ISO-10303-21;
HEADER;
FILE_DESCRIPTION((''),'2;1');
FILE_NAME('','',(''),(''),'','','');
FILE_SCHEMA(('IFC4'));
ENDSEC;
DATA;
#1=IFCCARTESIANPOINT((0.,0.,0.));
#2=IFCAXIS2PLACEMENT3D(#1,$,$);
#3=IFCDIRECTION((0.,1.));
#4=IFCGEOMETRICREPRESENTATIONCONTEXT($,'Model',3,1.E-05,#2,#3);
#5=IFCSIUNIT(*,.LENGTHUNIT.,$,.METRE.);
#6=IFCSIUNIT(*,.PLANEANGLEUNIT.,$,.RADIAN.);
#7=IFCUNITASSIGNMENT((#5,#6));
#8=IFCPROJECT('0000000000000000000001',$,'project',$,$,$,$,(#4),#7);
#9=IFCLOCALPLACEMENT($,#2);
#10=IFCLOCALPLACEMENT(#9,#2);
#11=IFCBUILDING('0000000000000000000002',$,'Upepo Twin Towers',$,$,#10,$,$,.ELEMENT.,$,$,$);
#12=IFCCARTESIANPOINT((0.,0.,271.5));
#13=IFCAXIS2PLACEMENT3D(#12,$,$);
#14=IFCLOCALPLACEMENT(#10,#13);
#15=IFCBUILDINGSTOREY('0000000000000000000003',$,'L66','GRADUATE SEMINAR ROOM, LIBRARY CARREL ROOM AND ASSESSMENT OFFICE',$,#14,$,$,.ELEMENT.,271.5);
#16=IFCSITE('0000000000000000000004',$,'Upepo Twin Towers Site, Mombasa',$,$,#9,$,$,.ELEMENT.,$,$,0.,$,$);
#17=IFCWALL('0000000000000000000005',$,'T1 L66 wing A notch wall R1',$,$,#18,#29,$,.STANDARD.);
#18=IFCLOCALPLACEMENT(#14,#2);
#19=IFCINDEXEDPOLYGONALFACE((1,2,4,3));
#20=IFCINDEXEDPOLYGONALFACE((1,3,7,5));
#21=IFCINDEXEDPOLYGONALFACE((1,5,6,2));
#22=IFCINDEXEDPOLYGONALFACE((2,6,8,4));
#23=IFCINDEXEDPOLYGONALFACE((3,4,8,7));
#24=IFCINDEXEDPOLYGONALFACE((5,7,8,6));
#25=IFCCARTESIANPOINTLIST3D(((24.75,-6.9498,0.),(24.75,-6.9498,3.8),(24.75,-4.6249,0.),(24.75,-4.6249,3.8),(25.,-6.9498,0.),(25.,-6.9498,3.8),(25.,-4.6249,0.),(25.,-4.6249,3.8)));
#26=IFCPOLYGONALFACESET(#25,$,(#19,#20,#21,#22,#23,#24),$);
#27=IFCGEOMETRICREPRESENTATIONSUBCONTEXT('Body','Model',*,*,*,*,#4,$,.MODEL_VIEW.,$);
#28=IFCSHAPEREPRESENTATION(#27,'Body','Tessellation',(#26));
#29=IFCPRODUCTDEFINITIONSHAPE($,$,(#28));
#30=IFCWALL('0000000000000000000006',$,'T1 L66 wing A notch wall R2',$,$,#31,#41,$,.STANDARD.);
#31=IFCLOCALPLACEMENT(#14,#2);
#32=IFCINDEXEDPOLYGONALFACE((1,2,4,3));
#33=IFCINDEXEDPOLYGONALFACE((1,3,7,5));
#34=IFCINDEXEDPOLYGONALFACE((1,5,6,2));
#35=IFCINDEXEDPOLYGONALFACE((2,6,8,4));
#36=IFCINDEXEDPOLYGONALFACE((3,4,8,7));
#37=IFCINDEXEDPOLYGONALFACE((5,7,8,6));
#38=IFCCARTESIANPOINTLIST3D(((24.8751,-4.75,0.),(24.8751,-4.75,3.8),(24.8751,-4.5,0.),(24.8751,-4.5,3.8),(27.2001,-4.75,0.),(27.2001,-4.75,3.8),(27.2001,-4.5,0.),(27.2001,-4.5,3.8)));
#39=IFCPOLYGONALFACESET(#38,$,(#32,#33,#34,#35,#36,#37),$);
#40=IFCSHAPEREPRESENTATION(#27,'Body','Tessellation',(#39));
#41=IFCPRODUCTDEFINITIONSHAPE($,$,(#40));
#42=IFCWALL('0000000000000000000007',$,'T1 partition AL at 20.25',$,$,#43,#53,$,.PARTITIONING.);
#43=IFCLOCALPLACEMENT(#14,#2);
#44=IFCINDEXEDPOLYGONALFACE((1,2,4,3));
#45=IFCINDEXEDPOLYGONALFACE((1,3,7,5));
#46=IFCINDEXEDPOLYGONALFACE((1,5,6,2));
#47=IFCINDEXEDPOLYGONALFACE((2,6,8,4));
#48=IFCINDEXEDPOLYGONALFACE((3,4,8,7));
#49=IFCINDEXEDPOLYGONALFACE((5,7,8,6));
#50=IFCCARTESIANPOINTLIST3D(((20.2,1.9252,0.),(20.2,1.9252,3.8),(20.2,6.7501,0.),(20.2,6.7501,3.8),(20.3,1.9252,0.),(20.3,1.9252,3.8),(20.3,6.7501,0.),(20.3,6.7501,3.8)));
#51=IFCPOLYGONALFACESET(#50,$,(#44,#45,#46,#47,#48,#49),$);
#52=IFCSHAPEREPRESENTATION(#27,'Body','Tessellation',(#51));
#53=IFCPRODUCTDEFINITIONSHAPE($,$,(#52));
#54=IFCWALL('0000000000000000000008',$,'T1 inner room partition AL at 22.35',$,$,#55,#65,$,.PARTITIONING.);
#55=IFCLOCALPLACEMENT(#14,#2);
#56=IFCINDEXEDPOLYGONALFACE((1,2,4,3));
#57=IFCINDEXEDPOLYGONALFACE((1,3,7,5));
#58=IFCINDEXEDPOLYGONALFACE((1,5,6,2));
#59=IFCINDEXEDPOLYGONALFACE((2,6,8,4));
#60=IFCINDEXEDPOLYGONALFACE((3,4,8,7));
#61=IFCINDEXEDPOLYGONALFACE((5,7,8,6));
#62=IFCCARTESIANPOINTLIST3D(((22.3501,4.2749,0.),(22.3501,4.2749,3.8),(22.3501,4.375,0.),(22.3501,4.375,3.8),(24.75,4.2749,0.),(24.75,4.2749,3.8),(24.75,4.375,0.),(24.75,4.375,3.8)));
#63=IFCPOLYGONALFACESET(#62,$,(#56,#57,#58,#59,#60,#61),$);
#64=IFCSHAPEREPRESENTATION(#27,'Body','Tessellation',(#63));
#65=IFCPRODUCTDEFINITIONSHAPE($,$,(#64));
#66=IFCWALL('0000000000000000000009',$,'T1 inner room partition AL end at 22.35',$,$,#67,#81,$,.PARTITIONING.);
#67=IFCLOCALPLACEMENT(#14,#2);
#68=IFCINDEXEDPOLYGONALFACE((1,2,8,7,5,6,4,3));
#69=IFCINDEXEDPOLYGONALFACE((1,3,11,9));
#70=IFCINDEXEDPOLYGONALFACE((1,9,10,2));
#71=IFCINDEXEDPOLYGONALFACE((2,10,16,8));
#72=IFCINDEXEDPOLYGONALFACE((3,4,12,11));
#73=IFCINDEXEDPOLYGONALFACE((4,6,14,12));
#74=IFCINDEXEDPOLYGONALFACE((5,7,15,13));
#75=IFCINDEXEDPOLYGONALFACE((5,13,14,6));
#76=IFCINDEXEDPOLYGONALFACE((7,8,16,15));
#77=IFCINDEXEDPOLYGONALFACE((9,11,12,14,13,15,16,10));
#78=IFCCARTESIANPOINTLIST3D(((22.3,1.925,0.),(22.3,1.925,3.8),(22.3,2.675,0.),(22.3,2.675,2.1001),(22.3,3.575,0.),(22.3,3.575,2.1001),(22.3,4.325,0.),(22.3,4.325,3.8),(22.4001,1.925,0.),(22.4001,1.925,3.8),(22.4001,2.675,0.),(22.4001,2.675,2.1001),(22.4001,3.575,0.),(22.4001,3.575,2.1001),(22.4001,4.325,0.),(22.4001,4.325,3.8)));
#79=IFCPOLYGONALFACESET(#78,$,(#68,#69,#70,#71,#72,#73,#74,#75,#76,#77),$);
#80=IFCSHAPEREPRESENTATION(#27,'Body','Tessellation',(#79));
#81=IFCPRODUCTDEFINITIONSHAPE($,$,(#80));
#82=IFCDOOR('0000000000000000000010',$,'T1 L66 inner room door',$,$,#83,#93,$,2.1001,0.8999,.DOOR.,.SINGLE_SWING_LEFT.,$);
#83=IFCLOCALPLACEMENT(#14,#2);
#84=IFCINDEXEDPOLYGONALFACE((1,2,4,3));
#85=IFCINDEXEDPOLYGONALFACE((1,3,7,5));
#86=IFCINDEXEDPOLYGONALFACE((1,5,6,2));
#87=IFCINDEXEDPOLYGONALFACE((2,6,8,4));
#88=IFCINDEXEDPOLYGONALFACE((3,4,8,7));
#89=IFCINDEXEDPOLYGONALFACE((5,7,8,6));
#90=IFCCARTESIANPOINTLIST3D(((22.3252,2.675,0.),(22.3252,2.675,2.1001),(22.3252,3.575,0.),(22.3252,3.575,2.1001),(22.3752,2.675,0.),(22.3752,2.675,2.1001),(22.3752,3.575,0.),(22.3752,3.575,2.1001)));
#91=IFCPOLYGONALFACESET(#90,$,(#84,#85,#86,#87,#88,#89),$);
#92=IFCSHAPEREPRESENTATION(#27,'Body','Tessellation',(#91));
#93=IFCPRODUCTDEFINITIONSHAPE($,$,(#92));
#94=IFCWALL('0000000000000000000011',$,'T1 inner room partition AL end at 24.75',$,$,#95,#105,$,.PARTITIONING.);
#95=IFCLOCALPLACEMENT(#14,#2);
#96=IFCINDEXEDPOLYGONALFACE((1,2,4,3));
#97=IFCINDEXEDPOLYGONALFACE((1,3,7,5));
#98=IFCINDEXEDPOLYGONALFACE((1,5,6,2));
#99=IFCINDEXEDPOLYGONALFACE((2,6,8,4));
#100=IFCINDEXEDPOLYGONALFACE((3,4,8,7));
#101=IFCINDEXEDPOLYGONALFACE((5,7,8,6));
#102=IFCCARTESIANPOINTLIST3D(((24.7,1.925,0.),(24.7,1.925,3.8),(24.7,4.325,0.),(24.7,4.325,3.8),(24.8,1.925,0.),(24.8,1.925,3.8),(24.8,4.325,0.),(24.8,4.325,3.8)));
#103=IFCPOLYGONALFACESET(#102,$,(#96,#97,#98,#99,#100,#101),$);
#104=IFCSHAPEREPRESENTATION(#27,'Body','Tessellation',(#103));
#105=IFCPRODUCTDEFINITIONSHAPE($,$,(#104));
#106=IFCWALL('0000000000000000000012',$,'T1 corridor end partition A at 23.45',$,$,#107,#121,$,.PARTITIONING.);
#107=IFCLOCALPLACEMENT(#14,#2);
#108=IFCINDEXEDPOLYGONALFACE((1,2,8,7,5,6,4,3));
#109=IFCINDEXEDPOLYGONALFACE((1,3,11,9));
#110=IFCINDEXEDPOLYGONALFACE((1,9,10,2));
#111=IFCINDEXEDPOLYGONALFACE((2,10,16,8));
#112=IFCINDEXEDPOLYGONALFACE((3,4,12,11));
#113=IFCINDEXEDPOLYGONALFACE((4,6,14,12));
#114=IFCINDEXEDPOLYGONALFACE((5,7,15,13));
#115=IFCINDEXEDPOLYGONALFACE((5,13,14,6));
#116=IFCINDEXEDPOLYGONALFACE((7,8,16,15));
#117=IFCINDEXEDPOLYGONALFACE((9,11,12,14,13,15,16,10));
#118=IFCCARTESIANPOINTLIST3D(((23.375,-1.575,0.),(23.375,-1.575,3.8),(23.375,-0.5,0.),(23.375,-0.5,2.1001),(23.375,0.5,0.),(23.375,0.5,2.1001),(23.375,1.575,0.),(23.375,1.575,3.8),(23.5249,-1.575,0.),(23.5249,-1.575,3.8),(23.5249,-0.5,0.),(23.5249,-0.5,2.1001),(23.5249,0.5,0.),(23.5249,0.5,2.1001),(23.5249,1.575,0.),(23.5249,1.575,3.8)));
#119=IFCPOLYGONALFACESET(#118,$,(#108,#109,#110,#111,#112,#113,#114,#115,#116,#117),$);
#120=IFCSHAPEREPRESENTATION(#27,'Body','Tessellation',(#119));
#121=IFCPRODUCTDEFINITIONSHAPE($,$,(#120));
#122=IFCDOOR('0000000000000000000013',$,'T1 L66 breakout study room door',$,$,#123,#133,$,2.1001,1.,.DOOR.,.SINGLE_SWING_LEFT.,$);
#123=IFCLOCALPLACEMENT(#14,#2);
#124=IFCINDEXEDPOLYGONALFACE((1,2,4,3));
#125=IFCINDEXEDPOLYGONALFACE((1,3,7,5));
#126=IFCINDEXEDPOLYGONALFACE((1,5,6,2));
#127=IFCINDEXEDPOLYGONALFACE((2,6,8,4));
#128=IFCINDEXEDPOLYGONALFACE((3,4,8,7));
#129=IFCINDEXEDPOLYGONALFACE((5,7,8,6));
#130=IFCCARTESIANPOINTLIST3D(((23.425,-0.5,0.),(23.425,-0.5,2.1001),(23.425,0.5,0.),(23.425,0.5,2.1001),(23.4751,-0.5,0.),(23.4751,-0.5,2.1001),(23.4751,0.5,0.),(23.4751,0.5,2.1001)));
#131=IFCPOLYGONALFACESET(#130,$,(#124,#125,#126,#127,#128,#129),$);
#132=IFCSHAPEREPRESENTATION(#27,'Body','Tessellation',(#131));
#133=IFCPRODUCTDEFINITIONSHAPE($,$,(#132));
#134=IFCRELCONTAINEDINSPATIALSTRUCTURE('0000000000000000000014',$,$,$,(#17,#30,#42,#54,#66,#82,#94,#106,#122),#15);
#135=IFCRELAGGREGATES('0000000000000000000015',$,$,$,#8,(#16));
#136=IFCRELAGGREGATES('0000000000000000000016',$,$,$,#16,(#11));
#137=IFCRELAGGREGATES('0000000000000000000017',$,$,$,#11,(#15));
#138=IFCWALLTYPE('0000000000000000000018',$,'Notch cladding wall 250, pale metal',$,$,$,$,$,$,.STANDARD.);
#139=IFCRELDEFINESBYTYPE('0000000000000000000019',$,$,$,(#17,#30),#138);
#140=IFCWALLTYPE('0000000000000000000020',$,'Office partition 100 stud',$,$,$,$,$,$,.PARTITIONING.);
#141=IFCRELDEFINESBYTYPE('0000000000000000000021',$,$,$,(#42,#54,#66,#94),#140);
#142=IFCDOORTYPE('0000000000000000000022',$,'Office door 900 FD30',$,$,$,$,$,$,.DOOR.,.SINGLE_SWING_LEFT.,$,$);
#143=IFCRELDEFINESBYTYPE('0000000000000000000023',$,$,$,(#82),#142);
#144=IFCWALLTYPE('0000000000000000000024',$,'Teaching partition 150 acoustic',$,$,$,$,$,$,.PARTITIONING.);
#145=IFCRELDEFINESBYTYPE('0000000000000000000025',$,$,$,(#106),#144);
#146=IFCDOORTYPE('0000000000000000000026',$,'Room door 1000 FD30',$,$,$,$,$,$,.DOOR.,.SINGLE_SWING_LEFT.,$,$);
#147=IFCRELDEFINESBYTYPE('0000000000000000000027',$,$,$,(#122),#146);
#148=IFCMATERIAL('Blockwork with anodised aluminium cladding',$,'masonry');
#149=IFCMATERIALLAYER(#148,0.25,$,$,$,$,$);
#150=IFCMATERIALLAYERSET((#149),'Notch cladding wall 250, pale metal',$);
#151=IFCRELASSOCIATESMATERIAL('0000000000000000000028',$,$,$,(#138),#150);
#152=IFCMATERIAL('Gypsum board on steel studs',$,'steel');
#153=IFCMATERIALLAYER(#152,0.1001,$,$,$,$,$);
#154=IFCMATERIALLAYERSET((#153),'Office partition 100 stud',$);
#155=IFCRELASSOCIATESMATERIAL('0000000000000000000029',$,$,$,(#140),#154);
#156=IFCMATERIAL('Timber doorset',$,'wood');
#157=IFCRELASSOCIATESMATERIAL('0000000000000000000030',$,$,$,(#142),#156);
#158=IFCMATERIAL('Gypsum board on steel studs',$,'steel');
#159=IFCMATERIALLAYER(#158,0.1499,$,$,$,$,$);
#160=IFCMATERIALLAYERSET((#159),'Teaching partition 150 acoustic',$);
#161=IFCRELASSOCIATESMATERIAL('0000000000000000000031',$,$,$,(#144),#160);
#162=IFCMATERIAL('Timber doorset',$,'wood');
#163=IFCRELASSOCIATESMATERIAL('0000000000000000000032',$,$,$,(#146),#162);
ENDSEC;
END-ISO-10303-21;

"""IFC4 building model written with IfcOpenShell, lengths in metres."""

from ifc_helpers import new_model, si_unit, direction, frame, frame_2d, origin, place, context, subcontext, project, spatial, rectangle, extrude, material, layer, layer_set, type_object, element, fill, save


model = new_model("IFC4")

# Units and contexts
model_context = context("Model", 3, precision=1e-05, world=origin(), true_north=direction((0.0, 1.0)))
body_context = subcontext(model_context, "Body", "Model", "MODEL_VIEW")
ifc_project = project(units=[si_unit("LENGTHUNIT", "METRE"), si_unit("PLANEANGLEUNIT", "RADIAN")], contexts=[model_context])

# Site, building, storey
site_placement = place(None, origin())
site = spatial("IfcSite", under=ifc_project, at=site_placement, Name="Upepo Twin Towers Site, Mombasa", CompositionType="ELEMENT", RefElevation=0.0)
building_placement = place(site_placement, origin())
building = spatial("IfcBuilding", under=site, at=building_placement, Name="Upepo Twin Towers", CompositionType="ELEMENT")
storey_placement = place(building_placement, frame((0.0, 0.0, 271.5)))
storey = spatial("IfcBuildingStorey", under=building, at=storey_placement, Name="L66", Description="GRADUATE SEMINAR ROOM, LIBRARY CARREL ROOM AND ASSESSMENT OFFICE", CompositionType="ELEMENT", Elevation=271.5)

# Walls
ifc_material_1 = material(Name="Blockwork with anodised aluminium cladding", Category="masonry")
ifc_layer_1 = layer(ifc_material_1, 0.25)
ifc_layer_set_1 = layer_set([ifc_layer_1], Name="Notch cladding wall 250, pale metal")
wall_type_1 = type_object("IfcWallType", Name="Notch cladding wall 250, pale metal", PredefinedType="STANDARD", material=ifc_layer_set_1)
for number, where, z_axis, x_axis, name in (
    (1, (24.875, -6.95, 0.0), (0.0, 0.0, 1.0), (0.0, 1.0, 0.0), "T1 L66 wing A notch wall R1"),
    (2, (24.875, -4.625, 0.0), (0.0, 0.0, 1.0), (1.0, 0.0, 0.0), "T1 L66 wing A notch wall R2"),
):
    element("IfcWall", number, at=place(storey_placement, frame(where, z_axis=z_axis, x_axis=x_axis)), inside=storey, type_object=wall_type_1, Name=name, PredefinedType="STANDARD", context=body_context, shape_type="SweptSolid", body=[
        extrude(rectangle(XDim=2.325, YDim=0.25, at=frame_2d((1.1626, 0.0))), origin(), (0.0, 0.0, 1.0), 3.8),
    ])
ifc_material_2 = material(Name="Gypsum board on steel studs", Category="steel")
ifc_layer_2 = layer(ifc_material_2, 0.1001)
ifc_layer_set_2 = layer_set([ifc_layer_2], Name="Office partition 100 stud")
wall_type_2 = type_object("IfcWallType", Name="Office partition 100 stud", PredefinedType="PARTITIONING", material=ifc_layer_set_2)
wall_1_placement = place(storey_placement, frame((20.25, 1.925, 0.0), z_axis=(0.0, 0.0, 1.0), x_axis=(0.0, 1.0, 0.0)))
element("IfcWall", 3, at=wall_1_placement, inside=storey, type_object=wall_type_2, Name="T1 partition AL at 20.25", PredefinedType="PARTITIONING", context=body_context, shape_type="SweptSolid", body=[
    extrude(rectangle(XDim=4.825, YDim=0.1001, at=frame_2d((2.4126, 0.0))), origin(), (0.0, 0.0, 1.0), 3.8),
])
wall_2_placement = place(storey_placement, frame((22.3501, 4.325, 0.0), z_axis=(0.0, 0.0, 1.0), x_axis=(1.0, 0.0, 0.0)))
element("IfcWall", 4, at=wall_2_placement, inside=storey, type_object=wall_type_2, Name="T1 inner room partition AL at 22.35", PredefinedType="PARTITIONING", context=body_context, shape_type="SweptSolid", body=[
    extrude(rectangle(XDim=2.3999, YDim=0.1001, at=frame_2d((1.2, 0.0))), origin(), (0.0, 0.0, 1.0), 3.8),
])

# Wall, opening, door
wall_3_placement = place(storey_placement, frame((22.3501, 1.925, 0.0), z_axis=(0.0, 0.0, 1.0), x_axis=(0.0, 1.0, 0.0)))
wall_3 = element("IfcWall", 5, at=wall_3_placement, inside=storey, type_object=wall_type_2, Name="T1 inner room partition AL end at 22.35", PredefinedType="PARTITIONING", context=body_context, shape_type="SweptSolid", body=[
    extrude(rectangle(XDim=2.3999, YDim=0.1001, at=frame_2d((1.2, 0.0))), origin(), (0.0, 0.0, 1.0), 3.8),
])
opening_1_placement = place(wall_3_placement, frame((0.75, 0.0, 0.0)))
opening_1 = element("IfcOpeningElement", 6, at=opening_1_placement, cuts=wall_3, PredefinedType="OPENING", context=body_context, shape_type="SweptSolid", body=[
    extrude(rectangle(XDim=0.8999, YDim=2.1001, at=frame_2d((0.45, 1.05))), frame((0.0, 0.0601, 0.0), z_axis=(0.0, -1.0, 0.0), x_axis=(1.0, 0.0, 0.0)), (0.0, 0.0, 1.0), 0.1201),
])
ifc_material_3 = material(Name="Timber doorset", Category="wood")
door_type_1 = type_object("IfcDoorType", Name="Office door 900 FD30", OperationType="SINGLE_SWING_LEFT", PredefinedType="DOOR", material=ifc_material_3)
door_1_placement = place(opening_1_placement, origin())
door_1 = element("IfcDoor", 7, at=door_1_placement, inside=storey, type_object=door_type_1, Name="T1 L66 inner room door", OperationType="SINGLE_SWING_LEFT", OverallHeight=2.1001, OverallWidth=0.8999, PredefinedType="DOOR", context=body_context, shape_type="SweptSolid", body=[
    extrude(rectangle(XDim=0.8999, YDim=2.1001, at=frame_2d((0.45, 1.05))), frame((0.0, 0.0249, 0.0), z_axis=(0.0, -1.0, 0.0), x_axis=(1.0, 0.0, 0.0)), (0.0, 0.0, 1.0), 0.05),
])
fill(opening_1, door_1)

# Wall
wall_4_placement = place(storey_placement, frame((24.75, 1.925, 0.0), z_axis=(0.0, 0.0, 1.0), x_axis=(0.0, 1.0, 0.0)))
element("IfcWall", 8, at=wall_4_placement, inside=storey, type_object=wall_type_2, Name="T1 inner room partition AL end at 24.75", PredefinedType="PARTITIONING", context=body_context, shape_type="SweptSolid", body=[
    extrude(rectangle(XDim=2.3999, YDim=0.1001, at=frame_2d((1.2, 0.0))), origin(), (0.0, 0.0, 1.0), 3.8),
])

# Wall, opening, door
ifc_material_4 = material(Name="Gypsum board on steel studs", Category="steel")
ifc_layer_3 = layer(ifc_material_4, 0.1499)
ifc_layer_set_3 = layer_set([ifc_layer_3], Name="Teaching partition 150 acoustic")
wall_type_3 = type_object("IfcWallType", Name="Teaching partition 150 acoustic", PredefinedType="PARTITIONING", material=ifc_layer_set_3)
wall_5_placement = place(storey_placement, frame((23.45, -1.575, 0.0), z_axis=(0.0, 0.0, 1.0), x_axis=(0.0, 1.0, 0.0)))
wall_5 = element("IfcWall", 9, at=wall_5_placement, inside=storey, type_object=wall_type_3, Name="T1 corridor end partition A at 23.45", PredefinedType="PARTITIONING", context=body_context, shape_type="SweptSolid", body=[
    extrude(rectangle(XDim=3.1499, YDim=0.1499, at=frame_2d((1.575, 0.0))), origin(), (0.0, 0.0, 1.0), 3.8),
])
opening_2_placement = place(wall_5_placement, frame((1.075, 0.0, 0.0)))
opening_2 = element("IfcOpeningElement", 10, at=opening_2_placement, cuts=wall_5, PredefinedType="OPENING", context=body_context, shape_type="SweptSolid", body=[
    extrude(rectangle(XDim=1.0, YDim=2.1001, at=frame_2d((0.5, 1.05))), frame((0.0, 0.085, 0.0), z_axis=(0.0, -1.0, 0.0), x_axis=(1.0, 0.0, 0.0)), (0.0, 0.0, 1.0), 0.1699),
])
ifc_material_5 = material(Name="Timber doorset", Category="wood")
door_type_2 = type_object("IfcDoorType", Name="Room door 1000 FD30", OperationType="SINGLE_SWING_LEFT", PredefinedType="DOOR", material=ifc_material_5)
door_2_placement = place(opening_2_placement, origin())
door_2 = element("IfcDoor", 11, at=door_2_placement, inside=storey, type_object=door_type_2, Name="T1 L66 breakout study room door", OperationType="SINGLE_SWING_LEFT", OverallHeight=2.1001, OverallWidth=1.0, PredefinedType="DOOR", context=body_context, shape_type="SweptSolid", body=[
    extrude(rectangle(XDim=1.0, YDim=2.1001, at=frame_2d((0.5, 1.05))), frame((0.0, 0.0249, 0.0), z_axis=(0.0, -1.0, 0.0), x_axis=(1.0, 0.0, 0.0)), (0.0, 0.0, 1.0), 0.05),
])
fill(opening_2, door_2)

save(model, "model.ifc")
